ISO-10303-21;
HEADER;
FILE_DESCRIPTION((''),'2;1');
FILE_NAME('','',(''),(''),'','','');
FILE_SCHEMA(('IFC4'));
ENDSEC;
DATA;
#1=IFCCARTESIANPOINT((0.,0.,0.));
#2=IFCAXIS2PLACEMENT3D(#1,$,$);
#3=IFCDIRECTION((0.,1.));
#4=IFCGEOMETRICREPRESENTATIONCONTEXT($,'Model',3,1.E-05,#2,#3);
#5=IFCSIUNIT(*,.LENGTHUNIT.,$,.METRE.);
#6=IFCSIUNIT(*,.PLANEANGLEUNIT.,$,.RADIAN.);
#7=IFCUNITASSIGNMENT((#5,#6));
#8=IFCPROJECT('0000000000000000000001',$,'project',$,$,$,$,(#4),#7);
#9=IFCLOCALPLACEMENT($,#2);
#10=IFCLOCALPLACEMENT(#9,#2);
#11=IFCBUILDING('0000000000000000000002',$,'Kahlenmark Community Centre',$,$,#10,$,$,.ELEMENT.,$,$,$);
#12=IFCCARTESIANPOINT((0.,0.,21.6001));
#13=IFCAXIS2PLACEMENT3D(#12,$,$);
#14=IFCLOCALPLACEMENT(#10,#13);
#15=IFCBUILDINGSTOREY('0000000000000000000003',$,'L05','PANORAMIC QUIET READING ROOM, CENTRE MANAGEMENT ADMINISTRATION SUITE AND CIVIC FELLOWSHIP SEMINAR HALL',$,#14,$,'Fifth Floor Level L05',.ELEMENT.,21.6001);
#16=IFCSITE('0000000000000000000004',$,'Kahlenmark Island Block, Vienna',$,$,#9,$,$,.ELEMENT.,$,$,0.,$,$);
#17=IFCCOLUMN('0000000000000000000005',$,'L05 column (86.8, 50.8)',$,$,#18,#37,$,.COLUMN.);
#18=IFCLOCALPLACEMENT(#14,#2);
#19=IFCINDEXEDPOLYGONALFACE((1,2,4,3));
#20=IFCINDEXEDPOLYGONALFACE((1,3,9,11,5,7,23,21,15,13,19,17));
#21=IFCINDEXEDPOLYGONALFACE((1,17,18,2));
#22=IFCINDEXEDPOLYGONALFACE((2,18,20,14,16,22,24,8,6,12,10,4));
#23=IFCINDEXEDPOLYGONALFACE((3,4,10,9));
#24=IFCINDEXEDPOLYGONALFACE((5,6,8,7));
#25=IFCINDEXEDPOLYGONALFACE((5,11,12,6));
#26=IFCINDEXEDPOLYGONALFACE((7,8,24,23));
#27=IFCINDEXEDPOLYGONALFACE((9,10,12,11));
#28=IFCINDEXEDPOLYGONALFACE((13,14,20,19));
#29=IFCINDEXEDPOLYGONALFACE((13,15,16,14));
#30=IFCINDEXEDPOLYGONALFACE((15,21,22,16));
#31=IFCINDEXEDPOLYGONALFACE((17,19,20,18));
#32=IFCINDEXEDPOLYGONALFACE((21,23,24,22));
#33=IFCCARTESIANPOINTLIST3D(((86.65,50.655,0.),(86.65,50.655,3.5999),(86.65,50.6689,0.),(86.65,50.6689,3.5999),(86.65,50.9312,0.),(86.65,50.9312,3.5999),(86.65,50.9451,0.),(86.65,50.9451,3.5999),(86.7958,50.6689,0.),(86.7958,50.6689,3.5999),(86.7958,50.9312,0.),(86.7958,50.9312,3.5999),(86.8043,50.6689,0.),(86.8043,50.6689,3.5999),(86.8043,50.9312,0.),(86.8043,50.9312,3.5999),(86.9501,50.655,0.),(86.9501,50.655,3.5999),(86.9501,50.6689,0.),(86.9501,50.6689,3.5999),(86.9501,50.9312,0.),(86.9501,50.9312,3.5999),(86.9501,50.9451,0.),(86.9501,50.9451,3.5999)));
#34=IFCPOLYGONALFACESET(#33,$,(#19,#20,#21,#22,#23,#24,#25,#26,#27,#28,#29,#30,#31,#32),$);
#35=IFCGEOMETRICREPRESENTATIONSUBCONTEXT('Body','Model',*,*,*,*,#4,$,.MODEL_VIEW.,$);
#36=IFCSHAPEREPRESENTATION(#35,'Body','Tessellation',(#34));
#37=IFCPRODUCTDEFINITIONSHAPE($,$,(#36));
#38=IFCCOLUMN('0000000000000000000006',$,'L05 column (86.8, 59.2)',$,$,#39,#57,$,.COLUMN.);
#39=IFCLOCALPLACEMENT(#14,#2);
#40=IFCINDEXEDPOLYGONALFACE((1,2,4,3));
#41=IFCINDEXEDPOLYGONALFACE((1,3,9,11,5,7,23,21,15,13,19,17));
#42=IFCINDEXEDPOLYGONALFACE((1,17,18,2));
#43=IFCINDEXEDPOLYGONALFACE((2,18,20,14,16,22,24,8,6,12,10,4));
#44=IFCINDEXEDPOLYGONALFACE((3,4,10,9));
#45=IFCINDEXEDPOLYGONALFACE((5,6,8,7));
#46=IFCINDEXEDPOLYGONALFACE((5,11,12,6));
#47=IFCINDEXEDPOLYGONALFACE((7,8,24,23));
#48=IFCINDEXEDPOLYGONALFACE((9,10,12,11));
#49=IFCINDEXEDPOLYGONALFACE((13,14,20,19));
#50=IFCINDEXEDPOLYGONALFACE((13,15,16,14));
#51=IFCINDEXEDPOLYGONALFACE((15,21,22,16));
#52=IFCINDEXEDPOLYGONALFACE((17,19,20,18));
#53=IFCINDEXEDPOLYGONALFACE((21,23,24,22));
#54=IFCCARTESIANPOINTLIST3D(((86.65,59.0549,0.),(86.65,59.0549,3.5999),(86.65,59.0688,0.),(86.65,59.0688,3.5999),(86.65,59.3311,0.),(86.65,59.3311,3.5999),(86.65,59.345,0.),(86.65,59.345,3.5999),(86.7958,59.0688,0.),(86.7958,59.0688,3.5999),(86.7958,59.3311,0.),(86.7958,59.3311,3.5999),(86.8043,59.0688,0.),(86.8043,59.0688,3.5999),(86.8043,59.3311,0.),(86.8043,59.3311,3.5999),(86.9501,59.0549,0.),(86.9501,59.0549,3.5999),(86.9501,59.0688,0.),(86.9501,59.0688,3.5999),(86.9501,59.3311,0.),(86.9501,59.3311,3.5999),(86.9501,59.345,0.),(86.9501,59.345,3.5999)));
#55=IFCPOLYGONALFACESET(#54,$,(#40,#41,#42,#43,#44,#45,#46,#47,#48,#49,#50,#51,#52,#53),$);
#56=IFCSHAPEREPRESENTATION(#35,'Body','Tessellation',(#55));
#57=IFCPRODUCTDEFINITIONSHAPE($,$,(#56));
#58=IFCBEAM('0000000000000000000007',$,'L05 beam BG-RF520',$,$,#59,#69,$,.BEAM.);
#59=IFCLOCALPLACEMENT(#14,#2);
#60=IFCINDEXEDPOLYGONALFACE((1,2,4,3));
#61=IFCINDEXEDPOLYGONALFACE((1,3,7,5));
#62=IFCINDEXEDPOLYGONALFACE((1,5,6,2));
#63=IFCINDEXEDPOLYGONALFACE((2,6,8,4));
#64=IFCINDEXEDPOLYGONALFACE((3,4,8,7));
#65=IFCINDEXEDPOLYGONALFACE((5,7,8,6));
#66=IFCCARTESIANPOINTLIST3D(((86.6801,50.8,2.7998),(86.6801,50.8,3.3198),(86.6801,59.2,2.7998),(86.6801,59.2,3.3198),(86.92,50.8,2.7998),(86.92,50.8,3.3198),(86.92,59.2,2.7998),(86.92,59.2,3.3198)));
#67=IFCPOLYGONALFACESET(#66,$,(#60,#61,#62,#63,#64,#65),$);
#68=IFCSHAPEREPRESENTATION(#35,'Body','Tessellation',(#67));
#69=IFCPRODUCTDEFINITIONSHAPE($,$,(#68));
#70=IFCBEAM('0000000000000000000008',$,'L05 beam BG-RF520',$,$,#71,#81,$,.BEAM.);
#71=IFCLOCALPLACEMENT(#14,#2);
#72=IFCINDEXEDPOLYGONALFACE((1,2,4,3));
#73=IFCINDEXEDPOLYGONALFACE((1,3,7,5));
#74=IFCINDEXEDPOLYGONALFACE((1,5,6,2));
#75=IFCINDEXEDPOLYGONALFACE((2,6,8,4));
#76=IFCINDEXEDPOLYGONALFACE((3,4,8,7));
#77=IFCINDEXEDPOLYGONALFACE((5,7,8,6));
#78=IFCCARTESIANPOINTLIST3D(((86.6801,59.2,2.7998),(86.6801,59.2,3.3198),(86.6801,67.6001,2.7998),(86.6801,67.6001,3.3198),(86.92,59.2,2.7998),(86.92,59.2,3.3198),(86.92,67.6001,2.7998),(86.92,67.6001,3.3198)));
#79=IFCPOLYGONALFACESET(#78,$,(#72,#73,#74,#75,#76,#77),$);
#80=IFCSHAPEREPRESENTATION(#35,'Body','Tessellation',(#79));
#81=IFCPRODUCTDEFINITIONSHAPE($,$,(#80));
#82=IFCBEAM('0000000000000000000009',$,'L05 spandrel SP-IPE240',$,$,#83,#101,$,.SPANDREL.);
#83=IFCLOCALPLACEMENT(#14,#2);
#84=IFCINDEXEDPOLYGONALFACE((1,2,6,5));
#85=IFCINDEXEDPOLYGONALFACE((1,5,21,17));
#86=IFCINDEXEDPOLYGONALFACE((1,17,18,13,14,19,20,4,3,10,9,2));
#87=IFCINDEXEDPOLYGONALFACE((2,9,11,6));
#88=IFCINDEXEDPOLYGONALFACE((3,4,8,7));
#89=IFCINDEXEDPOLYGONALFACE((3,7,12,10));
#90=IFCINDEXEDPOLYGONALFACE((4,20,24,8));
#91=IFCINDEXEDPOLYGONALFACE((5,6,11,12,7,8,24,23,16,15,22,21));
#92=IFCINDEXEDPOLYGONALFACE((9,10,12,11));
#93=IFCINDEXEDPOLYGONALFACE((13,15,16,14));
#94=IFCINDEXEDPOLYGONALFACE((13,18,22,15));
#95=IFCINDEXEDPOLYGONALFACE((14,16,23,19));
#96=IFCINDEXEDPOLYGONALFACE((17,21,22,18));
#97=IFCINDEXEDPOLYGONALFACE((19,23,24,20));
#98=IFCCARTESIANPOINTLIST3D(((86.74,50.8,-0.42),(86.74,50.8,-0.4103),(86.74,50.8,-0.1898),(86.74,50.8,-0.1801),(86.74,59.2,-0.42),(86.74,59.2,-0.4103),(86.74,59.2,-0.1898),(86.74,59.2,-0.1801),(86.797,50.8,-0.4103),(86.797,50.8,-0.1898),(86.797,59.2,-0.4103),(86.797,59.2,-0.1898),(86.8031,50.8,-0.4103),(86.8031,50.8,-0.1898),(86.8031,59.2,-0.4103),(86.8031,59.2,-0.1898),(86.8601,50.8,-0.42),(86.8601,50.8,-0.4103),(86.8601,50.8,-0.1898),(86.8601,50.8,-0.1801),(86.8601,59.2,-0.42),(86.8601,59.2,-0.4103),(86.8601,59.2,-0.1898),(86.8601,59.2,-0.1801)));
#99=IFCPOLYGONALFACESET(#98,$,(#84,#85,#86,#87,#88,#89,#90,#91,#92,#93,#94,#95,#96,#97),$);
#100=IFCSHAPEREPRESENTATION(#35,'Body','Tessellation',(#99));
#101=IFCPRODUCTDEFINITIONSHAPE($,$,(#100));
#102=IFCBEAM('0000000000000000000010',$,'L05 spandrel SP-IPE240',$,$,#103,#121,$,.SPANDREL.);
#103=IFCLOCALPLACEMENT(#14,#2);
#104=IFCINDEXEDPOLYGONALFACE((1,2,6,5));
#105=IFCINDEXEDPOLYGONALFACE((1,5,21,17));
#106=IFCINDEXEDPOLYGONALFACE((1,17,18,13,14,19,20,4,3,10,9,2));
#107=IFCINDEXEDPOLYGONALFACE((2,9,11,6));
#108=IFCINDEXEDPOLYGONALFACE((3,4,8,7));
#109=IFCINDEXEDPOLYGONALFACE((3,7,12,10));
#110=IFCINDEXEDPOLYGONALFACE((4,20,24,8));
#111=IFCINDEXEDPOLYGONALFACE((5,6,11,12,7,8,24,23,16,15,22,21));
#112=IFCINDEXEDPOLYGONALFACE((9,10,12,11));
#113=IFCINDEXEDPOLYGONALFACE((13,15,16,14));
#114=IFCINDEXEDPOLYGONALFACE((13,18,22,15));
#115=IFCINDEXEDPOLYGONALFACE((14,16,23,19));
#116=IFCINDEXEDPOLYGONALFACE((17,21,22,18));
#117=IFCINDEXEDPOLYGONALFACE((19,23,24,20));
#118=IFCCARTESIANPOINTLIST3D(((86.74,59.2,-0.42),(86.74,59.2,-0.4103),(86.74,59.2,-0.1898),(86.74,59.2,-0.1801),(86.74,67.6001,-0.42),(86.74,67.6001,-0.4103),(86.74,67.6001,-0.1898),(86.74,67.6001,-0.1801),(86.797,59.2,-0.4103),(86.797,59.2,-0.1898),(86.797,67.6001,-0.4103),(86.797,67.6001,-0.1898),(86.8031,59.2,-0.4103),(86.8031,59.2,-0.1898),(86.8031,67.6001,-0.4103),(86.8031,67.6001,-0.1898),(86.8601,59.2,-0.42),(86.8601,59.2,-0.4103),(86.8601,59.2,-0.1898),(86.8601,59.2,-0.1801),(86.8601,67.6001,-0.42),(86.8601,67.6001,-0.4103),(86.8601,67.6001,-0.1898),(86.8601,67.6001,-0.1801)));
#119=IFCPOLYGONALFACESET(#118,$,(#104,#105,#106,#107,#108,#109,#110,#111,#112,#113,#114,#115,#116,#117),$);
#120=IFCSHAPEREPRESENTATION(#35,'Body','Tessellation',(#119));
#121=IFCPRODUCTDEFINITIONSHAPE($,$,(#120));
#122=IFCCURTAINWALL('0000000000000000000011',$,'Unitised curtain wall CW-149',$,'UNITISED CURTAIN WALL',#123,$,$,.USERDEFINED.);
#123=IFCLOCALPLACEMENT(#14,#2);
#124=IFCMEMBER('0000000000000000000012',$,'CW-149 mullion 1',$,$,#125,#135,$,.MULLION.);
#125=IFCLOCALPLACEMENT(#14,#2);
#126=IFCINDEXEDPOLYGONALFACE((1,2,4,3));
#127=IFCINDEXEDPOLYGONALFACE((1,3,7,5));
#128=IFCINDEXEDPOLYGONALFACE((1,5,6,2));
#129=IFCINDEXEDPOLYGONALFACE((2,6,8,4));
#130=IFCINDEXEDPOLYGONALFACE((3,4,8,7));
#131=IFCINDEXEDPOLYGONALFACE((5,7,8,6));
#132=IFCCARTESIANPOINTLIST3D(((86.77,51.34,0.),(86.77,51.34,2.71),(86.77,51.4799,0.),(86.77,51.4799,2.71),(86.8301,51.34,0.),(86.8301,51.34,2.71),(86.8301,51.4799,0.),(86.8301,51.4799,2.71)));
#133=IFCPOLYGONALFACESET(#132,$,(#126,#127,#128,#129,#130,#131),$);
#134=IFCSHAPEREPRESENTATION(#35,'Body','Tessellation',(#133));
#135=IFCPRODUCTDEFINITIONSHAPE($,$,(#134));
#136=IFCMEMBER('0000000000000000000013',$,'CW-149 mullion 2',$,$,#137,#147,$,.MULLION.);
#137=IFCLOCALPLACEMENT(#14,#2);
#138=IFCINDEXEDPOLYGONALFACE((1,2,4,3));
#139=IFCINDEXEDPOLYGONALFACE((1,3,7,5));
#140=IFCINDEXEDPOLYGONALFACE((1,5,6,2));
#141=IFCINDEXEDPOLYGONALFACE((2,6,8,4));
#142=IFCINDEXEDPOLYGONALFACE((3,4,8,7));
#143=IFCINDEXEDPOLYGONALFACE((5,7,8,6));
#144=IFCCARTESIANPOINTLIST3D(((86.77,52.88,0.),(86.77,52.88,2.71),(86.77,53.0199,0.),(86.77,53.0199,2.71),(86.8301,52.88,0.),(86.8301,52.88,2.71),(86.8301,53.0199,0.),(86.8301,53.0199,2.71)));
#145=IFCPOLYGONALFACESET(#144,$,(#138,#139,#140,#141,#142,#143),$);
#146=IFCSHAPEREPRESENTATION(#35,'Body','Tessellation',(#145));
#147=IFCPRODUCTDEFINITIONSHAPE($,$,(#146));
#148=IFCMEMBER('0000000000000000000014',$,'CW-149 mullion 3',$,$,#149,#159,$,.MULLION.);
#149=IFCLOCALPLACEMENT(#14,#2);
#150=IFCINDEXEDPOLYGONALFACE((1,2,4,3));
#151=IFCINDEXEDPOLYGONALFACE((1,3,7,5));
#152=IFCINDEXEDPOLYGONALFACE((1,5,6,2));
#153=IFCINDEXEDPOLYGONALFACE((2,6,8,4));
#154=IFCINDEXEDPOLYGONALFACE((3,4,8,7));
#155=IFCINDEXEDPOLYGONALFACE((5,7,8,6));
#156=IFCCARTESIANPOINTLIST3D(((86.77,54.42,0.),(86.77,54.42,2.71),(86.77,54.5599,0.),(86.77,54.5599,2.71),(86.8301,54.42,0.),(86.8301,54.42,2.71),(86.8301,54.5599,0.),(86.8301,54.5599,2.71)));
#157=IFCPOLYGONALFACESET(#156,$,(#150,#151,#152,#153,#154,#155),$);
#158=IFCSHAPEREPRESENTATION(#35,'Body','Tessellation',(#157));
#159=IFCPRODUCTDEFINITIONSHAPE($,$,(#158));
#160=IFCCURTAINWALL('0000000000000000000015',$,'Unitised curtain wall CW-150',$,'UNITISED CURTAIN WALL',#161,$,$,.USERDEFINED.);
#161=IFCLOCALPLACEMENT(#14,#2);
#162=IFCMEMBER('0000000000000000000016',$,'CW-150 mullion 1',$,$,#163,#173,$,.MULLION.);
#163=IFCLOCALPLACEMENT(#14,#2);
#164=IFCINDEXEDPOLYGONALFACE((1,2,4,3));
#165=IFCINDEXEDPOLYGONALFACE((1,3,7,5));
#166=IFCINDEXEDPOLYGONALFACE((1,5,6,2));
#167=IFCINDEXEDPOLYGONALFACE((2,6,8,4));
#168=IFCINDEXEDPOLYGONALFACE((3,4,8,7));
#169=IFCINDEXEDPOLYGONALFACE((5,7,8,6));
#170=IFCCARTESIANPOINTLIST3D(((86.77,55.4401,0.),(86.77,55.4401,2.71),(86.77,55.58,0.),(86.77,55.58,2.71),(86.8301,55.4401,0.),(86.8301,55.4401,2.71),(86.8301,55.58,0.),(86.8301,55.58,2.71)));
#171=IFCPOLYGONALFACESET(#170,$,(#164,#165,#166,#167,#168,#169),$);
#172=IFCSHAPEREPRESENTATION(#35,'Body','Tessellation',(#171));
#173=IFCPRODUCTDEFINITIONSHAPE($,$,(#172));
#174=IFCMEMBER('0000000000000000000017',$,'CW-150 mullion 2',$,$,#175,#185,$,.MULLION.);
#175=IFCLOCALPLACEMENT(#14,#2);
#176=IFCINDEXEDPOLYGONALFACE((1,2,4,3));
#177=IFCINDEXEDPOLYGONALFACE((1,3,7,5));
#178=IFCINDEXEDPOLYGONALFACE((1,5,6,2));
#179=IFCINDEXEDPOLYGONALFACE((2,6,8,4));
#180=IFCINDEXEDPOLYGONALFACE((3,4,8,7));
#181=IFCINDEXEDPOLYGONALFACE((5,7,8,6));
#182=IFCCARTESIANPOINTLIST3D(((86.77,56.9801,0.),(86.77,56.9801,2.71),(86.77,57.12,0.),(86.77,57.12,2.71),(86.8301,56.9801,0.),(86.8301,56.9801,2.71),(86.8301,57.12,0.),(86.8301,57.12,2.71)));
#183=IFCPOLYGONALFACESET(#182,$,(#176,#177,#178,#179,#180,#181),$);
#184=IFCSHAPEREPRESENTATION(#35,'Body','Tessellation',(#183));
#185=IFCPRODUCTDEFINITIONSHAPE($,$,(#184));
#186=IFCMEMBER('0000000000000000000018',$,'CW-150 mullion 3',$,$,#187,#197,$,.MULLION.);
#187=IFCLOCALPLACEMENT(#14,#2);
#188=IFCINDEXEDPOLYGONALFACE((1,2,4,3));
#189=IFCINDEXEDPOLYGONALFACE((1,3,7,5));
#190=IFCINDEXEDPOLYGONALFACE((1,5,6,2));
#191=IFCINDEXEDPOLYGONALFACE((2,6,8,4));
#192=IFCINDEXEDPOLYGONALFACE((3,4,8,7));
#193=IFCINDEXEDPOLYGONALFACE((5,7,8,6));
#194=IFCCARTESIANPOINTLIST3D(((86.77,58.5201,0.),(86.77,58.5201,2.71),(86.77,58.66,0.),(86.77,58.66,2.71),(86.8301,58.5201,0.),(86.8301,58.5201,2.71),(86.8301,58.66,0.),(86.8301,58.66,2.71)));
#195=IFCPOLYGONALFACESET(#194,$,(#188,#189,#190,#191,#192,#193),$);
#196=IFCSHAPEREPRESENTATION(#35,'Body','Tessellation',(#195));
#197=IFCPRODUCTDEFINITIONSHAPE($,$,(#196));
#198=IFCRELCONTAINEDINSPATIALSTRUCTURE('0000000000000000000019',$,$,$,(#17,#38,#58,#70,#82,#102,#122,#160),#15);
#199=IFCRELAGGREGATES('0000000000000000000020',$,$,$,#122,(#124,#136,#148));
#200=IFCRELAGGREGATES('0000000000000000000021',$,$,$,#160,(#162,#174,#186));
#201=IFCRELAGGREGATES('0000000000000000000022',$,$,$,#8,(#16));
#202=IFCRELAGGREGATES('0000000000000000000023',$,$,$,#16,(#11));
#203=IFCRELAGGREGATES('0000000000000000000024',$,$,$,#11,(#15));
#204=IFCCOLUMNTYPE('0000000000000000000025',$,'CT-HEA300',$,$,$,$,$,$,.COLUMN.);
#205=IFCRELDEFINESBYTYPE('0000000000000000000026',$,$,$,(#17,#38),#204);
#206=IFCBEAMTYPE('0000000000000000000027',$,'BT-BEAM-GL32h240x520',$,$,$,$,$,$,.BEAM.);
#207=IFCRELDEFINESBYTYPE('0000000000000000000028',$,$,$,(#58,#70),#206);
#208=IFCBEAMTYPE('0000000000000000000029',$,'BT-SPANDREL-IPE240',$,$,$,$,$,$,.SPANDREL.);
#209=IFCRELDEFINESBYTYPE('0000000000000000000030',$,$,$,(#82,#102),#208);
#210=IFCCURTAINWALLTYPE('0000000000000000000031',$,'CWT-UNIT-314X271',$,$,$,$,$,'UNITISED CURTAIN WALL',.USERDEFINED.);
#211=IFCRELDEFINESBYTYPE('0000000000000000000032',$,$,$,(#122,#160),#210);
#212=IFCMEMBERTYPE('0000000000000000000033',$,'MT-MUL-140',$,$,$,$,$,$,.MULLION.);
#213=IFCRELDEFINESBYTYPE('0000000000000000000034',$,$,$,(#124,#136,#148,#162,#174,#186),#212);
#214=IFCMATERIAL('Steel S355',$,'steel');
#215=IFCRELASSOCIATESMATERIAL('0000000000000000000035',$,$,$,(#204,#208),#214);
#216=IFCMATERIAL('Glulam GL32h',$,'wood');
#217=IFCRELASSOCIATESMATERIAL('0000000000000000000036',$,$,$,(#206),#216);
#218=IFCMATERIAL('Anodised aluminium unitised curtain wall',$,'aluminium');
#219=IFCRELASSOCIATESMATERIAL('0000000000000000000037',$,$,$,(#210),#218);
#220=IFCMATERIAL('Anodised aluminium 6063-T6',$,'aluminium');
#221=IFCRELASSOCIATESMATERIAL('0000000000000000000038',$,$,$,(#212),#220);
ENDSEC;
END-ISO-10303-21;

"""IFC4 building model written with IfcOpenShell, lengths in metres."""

from ifc_helpers import new_model, si_unit, direction, frame, origin, origin_2d, place, context, subcontext, project, spatial, rectangle, i_section, extrude, material, material_profile, profile_set, type_object, element, aggregate, save


model = new_model("IFC4")

# Units and contexts
model_context = context("Model", 3, precision=1e-05, world=origin(), true_north=direction((0.0, 1.0)))
body_context = subcontext(model_context, "Body", "Model", "MODEL_VIEW")
ifc_project = project(units=[si_unit("LENGTHUNIT", "METRE"), si_unit("PLANEANGLEUNIT", "RADIAN")], contexts=[model_context])

# Site, building, storey
site_placement = place(None, origin())
site = spatial("IfcSite", under=ifc_project, at=site_placement, Name="Kahlenmark Island Block, Vienna", CompositionType="ELEMENT", RefElevation=0.0)
building_placement = place(site_placement, origin())
building = spatial("IfcBuilding", under=site, at=building_placement, Name="Kahlenmark Community Centre", CompositionType="ELEMENT")
storey_placement = place(building_placement, frame((0.0, 0.0, 21.6001)))
storey = spatial("IfcBuildingStorey", under=building, at=storey_placement, Name="L05", Description="PANORAMIC QUIET READING ROOM, CENTRE MANAGEMENT ADMINISTRATION SUITE AND CIVIC FELLOWSHIP SEMINAR HALL", LongName="Fifth Floor Level L05", CompositionType="ELEMENT", Elevation=21.6001)

# Columns
ifc_material_1 = material(Name="Steel S355", Category="steel")
ifc_material_profile_1 = material_profile(ifc_material_1, i_section(OverallWidth=0.3, OverallDepth=0.29, WebThickness=0.0085, FlangeThickness=0.0139, at=origin_2d()), Name="HEA 300")
ifc_profile_set_1 = profile_set([ifc_material_profile_1], Name="Steel S355")
column_type = type_object("IfcColumnType", Name="CT-HEA300", PredefinedType="COLUMN", material=ifc_profile_set_1)
for number, where, z_axis, x_axis, name in (
    (1, (86.8, 50.8, 0.0), (0.0, 0.0, 1.0), (1.0, 0.0, 0.0), "L05 column (86.8, 50.8)"),
    (2, (86.8, 59.2, 0.0), (0.0, 0.0, 1.0), (1.0, 0.0, 0.0), "L05 column (86.8, 59.2)"),
):
    element("IfcColumn", number, at=place(storey_placement, frame(where, z_axis=z_axis, x_axis=x_axis)), inside=storey, type_object=column_type, Name=name, PredefinedType="COLUMN", context=body_context, shape_type="SweptSolid", body=[
        extrude(i_section(OverallWidth=0.3, OverallDepth=0.29, WebThickness=0.0085, FlangeThickness=0.0139, at=origin_2d()), origin(), (0.0, 0.0, 1.0), 3.5999),
    ])

# Beams
ifc_material_2 = material(Name="Glulam GL32h", Category="wood")
ifc_material_profile_2 = material_profile(ifc_material_2, rectangle(XDim=0.24, YDim=0.52, at=origin_2d()), Name="GL32h 240x520")
ifc_profile_set_2 = profile_set([ifc_material_profile_2], Name="Glulam GL32h")
beam_type_1 = type_object("IfcBeamType", Name="BT-BEAM-GL32h240x520", PredefinedType="BEAM", material=ifc_profile_set_2)
beam_1_placement = place(storey_placement, frame((86.8, 50.8, 3.0598), z_axis=(0.0, 1.0, 0.0), x_axis=(-1.0, 0.0, 0.0)))
element("IfcBeam", 3, at=beam_1_placement, inside=storey, type_object=beam_type_1, Name="L05 beam BG-RF520", PredefinedType="BEAM", context=body_context, shape_type="SweptSolid", body=[
    extrude(rectangle(XDim=0.24, YDim=0.52, at=origin_2d()), origin(), (0.0, 0.0, 1.0), 8.3999),
])
beam_2_placement = place(storey_placement, frame((86.8, 59.2, 3.0598), z_axis=(0.0, 1.0, 0.0), x_axis=(-1.0, 0.0, 0.0)))
element("IfcBeam", 4, at=beam_2_placement, inside=storey, type_object=beam_type_1, Name="L05 beam BG-RF520", PredefinedType="BEAM", context=body_context, shape_type="SweptSolid", body=[
    extrude(rectangle(XDim=0.24, YDim=0.52, at=origin_2d()), origin(), (0.0, 0.0, 1.0), 8.4001),
])
ifc_material_profile_3 = material_profile(ifc_material_1, i_section(OverallWidth=0.1201, OverallDepth=0.24, WebThickness=0.0061, FlangeThickness=0.0098, at=origin_2d()), Name="IPE 240")
ifc_profile_set_3 = profile_set([ifc_material_profile_3], Name="Steel S355")
beam_type_2 = type_object("IfcBeamType", Name="BT-SPANDREL-IPE240", PredefinedType="SPANDREL", material=ifc_profile_set_3)
beam_3_placement = place(storey_placement, frame((86.8, 50.8, -0.3), z_axis=(0.0, 1.0, 0.0), x_axis=(-1.0, 0.0, 0.0)))
element("IfcBeam", 5, at=beam_3_placement, inside=storey, type_object=beam_type_2, Name="L05 spandrel SP-IPE240", PredefinedType="SPANDREL", context=body_context, shape_type="SweptSolid", body=[
    extrude(i_section(OverallWidth=0.1201, OverallDepth=0.24, WebThickness=0.0061, FlangeThickness=0.0098, at=origin_2d()), origin(), (0.0, 0.0, 1.0), 8.3999),
])
beam_4_placement = place(storey_placement, frame((86.8, 59.2, -0.3), z_axis=(0.0, 1.0, 0.0), x_axis=(-1.0, 0.0, 0.0)))
element("IfcBeam", 6, at=beam_4_placement, inside=storey, type_object=beam_type_2, Name="L05 spandrel SP-IPE240", PredefinedType="SPANDREL", context=body_context, shape_type="SweptSolid", body=[
    extrude(i_section(OverallWidth=0.1201, OverallDepth=0.24, WebThickness=0.0061, FlangeThickness=0.0098, at=origin_2d()), origin(), (0.0, 0.0, 1.0), 8.4001),
])

# Curtain walls, members
ifc_material_3 = material(Name="Anodised aluminium unitised curtain wall", Category="aluminium")
curtain_wall_type = type_object("IfcCurtainWallType", Name="CWT-UNIT-314X271", ElementType="UNITISED CURTAIN WALL", PredefinedType="USERDEFINED", material=ifc_material_3)
curtain_wall_1_placement = place(storey_placement, origin())
curtain_wall_1 = element("IfcCurtainWall", 7, at=curtain_wall_1_placement, inside=storey, type_object=curtain_wall_type, Name="Unitised curtain wall CW-149", ObjectType="UNITISED CURTAIN WALL", PredefinedType="USERDEFINED")
ifc_material_4 = material(Name="Anodised aluminium 6063-T6", Category="aluminium")
ifc_material_profile_4 = material_profile(ifc_material_4, rectangle(XDim=0.0601, YDim=0.1399, at=origin_2d()), Name="ALU MULLION 60x140")
ifc_profile_set_4 = profile_set([ifc_material_profile_4], Name="Anodised aluminium 6063-T6")
member_type_1 = type_object("IfcMemberType", Name="MT-MUL-140", PredefinedType="MULLION", material=ifc_profile_set_4)
member_1_placement = place(storey_placement, frame((86.8, 51.4099, 0.0), z_axis=(0.0, 0.0, 1.0), x_axis=(-1.0, 0.0, 0.0)))
member_1 = element("IfcMember", 8, at=member_1_placement, type_object=member_type_1, Name="CW-149 mullion 1", PredefinedType="MULLION", context=body_context, shape_type="SweptSolid", body=[
    extrude(rectangle(XDim=0.0601, YDim=0.1399, at=origin_2d()), origin(), (0.0, 0.0, 1.0), 2.71),
])
member_2_placement = place(storey_placement, frame((86.8, 52.95, 0.0), z_axis=(0.0, 0.0, 1.0), x_axis=(-1.0, 0.0, 0.0)))
member_2 = element("IfcMember", 9, at=member_2_placement, type_object=member_type_1, Name="CW-149 mullion 2", PredefinedType="MULLION", context=body_context, shape_type="SweptSolid", body=[
    extrude(rectangle(XDim=0.0601, YDim=0.1399, at=origin_2d()), origin(), (0.0, 0.0, 1.0), 2.71),
])
member_3_placement = place(storey_placement, frame((86.8, 54.49, 0.0), z_axis=(0.0, 0.0, 1.0), x_axis=(-1.0, 0.0, 0.0)))
member_3 = element("IfcMember", 10, at=member_3_placement, type_object=member_type_1, Name="CW-149 mullion 3", PredefinedType="MULLION", context=body_context, shape_type="SweptSolid", body=[
    extrude(rectangle(XDim=0.0601, YDim=0.1399, at=origin_2d()), origin(), (0.0, 0.0, 1.0), 2.71),
])
curtain_wall_2_placement = place(storey_placement, origin())
curtain_wall_2 = element("IfcCurtainWall", 11, at=curtain_wall_2_placement, inside=storey, type_object=curtain_wall_type, Name="Unitised curtain wall CW-150", ObjectType="UNITISED CURTAIN WALL", PredefinedType="USERDEFINED")
member_4_placement = place(storey_placement, frame((86.8, 55.51, 0.0), z_axis=(0.0, 0.0, 1.0), x_axis=(-1.0, 0.0, 0.0)))
member_4 = element("IfcMember", 12, at=member_4_placement, type_object=member_type_1, Name="CW-150 mullion 1", PredefinedType="MULLION", context=body_context, shape_type="SweptSolid", body=[
    extrude(rectangle(XDim=0.0601, YDim=0.1399, at=origin_2d()), origin(), (0.0, 0.0, 1.0), 2.71),
])
member_5_placement = place(storey_placement, frame((86.8, 57.05, 0.0), z_axis=(0.0, 0.0, 1.0), x_axis=(-1.0, 0.0, 0.0)))
member_5 = element("IfcMember", 13, at=member_5_placement, type_object=member_type_1, Name="CW-150 mullion 2", PredefinedType="MULLION", context=body_context, shape_type="SweptSolid", body=[
    extrude(rectangle(XDim=0.0601, YDim=0.1399, at=origin_2d()), origin(), (0.0, 0.0, 1.0), 2.71),
])
member_6_placement = place(storey_placement, frame((86.8, 58.5901, 0.0), z_axis=(0.0, 0.0, 1.0), x_axis=(-1.0, 0.0, 0.0)))
member_6 = element("IfcMember", 14, at=member_6_placement, type_object=member_type_1, Name="CW-150 mullion 3", PredefinedType="MULLION", context=body_context, shape_type="SweptSolid", body=[
    extrude(rectangle(XDim=0.0601, YDim=0.1399, at=origin_2d()), origin(), (0.0, 0.0, 1.0), 2.71),
])

aggregate(curtain_wall_1, [member_1, member_2, member_3])
aggregate(curtain_wall_2, [member_4, member_5, member_6])

save(model, "model.ifc")
